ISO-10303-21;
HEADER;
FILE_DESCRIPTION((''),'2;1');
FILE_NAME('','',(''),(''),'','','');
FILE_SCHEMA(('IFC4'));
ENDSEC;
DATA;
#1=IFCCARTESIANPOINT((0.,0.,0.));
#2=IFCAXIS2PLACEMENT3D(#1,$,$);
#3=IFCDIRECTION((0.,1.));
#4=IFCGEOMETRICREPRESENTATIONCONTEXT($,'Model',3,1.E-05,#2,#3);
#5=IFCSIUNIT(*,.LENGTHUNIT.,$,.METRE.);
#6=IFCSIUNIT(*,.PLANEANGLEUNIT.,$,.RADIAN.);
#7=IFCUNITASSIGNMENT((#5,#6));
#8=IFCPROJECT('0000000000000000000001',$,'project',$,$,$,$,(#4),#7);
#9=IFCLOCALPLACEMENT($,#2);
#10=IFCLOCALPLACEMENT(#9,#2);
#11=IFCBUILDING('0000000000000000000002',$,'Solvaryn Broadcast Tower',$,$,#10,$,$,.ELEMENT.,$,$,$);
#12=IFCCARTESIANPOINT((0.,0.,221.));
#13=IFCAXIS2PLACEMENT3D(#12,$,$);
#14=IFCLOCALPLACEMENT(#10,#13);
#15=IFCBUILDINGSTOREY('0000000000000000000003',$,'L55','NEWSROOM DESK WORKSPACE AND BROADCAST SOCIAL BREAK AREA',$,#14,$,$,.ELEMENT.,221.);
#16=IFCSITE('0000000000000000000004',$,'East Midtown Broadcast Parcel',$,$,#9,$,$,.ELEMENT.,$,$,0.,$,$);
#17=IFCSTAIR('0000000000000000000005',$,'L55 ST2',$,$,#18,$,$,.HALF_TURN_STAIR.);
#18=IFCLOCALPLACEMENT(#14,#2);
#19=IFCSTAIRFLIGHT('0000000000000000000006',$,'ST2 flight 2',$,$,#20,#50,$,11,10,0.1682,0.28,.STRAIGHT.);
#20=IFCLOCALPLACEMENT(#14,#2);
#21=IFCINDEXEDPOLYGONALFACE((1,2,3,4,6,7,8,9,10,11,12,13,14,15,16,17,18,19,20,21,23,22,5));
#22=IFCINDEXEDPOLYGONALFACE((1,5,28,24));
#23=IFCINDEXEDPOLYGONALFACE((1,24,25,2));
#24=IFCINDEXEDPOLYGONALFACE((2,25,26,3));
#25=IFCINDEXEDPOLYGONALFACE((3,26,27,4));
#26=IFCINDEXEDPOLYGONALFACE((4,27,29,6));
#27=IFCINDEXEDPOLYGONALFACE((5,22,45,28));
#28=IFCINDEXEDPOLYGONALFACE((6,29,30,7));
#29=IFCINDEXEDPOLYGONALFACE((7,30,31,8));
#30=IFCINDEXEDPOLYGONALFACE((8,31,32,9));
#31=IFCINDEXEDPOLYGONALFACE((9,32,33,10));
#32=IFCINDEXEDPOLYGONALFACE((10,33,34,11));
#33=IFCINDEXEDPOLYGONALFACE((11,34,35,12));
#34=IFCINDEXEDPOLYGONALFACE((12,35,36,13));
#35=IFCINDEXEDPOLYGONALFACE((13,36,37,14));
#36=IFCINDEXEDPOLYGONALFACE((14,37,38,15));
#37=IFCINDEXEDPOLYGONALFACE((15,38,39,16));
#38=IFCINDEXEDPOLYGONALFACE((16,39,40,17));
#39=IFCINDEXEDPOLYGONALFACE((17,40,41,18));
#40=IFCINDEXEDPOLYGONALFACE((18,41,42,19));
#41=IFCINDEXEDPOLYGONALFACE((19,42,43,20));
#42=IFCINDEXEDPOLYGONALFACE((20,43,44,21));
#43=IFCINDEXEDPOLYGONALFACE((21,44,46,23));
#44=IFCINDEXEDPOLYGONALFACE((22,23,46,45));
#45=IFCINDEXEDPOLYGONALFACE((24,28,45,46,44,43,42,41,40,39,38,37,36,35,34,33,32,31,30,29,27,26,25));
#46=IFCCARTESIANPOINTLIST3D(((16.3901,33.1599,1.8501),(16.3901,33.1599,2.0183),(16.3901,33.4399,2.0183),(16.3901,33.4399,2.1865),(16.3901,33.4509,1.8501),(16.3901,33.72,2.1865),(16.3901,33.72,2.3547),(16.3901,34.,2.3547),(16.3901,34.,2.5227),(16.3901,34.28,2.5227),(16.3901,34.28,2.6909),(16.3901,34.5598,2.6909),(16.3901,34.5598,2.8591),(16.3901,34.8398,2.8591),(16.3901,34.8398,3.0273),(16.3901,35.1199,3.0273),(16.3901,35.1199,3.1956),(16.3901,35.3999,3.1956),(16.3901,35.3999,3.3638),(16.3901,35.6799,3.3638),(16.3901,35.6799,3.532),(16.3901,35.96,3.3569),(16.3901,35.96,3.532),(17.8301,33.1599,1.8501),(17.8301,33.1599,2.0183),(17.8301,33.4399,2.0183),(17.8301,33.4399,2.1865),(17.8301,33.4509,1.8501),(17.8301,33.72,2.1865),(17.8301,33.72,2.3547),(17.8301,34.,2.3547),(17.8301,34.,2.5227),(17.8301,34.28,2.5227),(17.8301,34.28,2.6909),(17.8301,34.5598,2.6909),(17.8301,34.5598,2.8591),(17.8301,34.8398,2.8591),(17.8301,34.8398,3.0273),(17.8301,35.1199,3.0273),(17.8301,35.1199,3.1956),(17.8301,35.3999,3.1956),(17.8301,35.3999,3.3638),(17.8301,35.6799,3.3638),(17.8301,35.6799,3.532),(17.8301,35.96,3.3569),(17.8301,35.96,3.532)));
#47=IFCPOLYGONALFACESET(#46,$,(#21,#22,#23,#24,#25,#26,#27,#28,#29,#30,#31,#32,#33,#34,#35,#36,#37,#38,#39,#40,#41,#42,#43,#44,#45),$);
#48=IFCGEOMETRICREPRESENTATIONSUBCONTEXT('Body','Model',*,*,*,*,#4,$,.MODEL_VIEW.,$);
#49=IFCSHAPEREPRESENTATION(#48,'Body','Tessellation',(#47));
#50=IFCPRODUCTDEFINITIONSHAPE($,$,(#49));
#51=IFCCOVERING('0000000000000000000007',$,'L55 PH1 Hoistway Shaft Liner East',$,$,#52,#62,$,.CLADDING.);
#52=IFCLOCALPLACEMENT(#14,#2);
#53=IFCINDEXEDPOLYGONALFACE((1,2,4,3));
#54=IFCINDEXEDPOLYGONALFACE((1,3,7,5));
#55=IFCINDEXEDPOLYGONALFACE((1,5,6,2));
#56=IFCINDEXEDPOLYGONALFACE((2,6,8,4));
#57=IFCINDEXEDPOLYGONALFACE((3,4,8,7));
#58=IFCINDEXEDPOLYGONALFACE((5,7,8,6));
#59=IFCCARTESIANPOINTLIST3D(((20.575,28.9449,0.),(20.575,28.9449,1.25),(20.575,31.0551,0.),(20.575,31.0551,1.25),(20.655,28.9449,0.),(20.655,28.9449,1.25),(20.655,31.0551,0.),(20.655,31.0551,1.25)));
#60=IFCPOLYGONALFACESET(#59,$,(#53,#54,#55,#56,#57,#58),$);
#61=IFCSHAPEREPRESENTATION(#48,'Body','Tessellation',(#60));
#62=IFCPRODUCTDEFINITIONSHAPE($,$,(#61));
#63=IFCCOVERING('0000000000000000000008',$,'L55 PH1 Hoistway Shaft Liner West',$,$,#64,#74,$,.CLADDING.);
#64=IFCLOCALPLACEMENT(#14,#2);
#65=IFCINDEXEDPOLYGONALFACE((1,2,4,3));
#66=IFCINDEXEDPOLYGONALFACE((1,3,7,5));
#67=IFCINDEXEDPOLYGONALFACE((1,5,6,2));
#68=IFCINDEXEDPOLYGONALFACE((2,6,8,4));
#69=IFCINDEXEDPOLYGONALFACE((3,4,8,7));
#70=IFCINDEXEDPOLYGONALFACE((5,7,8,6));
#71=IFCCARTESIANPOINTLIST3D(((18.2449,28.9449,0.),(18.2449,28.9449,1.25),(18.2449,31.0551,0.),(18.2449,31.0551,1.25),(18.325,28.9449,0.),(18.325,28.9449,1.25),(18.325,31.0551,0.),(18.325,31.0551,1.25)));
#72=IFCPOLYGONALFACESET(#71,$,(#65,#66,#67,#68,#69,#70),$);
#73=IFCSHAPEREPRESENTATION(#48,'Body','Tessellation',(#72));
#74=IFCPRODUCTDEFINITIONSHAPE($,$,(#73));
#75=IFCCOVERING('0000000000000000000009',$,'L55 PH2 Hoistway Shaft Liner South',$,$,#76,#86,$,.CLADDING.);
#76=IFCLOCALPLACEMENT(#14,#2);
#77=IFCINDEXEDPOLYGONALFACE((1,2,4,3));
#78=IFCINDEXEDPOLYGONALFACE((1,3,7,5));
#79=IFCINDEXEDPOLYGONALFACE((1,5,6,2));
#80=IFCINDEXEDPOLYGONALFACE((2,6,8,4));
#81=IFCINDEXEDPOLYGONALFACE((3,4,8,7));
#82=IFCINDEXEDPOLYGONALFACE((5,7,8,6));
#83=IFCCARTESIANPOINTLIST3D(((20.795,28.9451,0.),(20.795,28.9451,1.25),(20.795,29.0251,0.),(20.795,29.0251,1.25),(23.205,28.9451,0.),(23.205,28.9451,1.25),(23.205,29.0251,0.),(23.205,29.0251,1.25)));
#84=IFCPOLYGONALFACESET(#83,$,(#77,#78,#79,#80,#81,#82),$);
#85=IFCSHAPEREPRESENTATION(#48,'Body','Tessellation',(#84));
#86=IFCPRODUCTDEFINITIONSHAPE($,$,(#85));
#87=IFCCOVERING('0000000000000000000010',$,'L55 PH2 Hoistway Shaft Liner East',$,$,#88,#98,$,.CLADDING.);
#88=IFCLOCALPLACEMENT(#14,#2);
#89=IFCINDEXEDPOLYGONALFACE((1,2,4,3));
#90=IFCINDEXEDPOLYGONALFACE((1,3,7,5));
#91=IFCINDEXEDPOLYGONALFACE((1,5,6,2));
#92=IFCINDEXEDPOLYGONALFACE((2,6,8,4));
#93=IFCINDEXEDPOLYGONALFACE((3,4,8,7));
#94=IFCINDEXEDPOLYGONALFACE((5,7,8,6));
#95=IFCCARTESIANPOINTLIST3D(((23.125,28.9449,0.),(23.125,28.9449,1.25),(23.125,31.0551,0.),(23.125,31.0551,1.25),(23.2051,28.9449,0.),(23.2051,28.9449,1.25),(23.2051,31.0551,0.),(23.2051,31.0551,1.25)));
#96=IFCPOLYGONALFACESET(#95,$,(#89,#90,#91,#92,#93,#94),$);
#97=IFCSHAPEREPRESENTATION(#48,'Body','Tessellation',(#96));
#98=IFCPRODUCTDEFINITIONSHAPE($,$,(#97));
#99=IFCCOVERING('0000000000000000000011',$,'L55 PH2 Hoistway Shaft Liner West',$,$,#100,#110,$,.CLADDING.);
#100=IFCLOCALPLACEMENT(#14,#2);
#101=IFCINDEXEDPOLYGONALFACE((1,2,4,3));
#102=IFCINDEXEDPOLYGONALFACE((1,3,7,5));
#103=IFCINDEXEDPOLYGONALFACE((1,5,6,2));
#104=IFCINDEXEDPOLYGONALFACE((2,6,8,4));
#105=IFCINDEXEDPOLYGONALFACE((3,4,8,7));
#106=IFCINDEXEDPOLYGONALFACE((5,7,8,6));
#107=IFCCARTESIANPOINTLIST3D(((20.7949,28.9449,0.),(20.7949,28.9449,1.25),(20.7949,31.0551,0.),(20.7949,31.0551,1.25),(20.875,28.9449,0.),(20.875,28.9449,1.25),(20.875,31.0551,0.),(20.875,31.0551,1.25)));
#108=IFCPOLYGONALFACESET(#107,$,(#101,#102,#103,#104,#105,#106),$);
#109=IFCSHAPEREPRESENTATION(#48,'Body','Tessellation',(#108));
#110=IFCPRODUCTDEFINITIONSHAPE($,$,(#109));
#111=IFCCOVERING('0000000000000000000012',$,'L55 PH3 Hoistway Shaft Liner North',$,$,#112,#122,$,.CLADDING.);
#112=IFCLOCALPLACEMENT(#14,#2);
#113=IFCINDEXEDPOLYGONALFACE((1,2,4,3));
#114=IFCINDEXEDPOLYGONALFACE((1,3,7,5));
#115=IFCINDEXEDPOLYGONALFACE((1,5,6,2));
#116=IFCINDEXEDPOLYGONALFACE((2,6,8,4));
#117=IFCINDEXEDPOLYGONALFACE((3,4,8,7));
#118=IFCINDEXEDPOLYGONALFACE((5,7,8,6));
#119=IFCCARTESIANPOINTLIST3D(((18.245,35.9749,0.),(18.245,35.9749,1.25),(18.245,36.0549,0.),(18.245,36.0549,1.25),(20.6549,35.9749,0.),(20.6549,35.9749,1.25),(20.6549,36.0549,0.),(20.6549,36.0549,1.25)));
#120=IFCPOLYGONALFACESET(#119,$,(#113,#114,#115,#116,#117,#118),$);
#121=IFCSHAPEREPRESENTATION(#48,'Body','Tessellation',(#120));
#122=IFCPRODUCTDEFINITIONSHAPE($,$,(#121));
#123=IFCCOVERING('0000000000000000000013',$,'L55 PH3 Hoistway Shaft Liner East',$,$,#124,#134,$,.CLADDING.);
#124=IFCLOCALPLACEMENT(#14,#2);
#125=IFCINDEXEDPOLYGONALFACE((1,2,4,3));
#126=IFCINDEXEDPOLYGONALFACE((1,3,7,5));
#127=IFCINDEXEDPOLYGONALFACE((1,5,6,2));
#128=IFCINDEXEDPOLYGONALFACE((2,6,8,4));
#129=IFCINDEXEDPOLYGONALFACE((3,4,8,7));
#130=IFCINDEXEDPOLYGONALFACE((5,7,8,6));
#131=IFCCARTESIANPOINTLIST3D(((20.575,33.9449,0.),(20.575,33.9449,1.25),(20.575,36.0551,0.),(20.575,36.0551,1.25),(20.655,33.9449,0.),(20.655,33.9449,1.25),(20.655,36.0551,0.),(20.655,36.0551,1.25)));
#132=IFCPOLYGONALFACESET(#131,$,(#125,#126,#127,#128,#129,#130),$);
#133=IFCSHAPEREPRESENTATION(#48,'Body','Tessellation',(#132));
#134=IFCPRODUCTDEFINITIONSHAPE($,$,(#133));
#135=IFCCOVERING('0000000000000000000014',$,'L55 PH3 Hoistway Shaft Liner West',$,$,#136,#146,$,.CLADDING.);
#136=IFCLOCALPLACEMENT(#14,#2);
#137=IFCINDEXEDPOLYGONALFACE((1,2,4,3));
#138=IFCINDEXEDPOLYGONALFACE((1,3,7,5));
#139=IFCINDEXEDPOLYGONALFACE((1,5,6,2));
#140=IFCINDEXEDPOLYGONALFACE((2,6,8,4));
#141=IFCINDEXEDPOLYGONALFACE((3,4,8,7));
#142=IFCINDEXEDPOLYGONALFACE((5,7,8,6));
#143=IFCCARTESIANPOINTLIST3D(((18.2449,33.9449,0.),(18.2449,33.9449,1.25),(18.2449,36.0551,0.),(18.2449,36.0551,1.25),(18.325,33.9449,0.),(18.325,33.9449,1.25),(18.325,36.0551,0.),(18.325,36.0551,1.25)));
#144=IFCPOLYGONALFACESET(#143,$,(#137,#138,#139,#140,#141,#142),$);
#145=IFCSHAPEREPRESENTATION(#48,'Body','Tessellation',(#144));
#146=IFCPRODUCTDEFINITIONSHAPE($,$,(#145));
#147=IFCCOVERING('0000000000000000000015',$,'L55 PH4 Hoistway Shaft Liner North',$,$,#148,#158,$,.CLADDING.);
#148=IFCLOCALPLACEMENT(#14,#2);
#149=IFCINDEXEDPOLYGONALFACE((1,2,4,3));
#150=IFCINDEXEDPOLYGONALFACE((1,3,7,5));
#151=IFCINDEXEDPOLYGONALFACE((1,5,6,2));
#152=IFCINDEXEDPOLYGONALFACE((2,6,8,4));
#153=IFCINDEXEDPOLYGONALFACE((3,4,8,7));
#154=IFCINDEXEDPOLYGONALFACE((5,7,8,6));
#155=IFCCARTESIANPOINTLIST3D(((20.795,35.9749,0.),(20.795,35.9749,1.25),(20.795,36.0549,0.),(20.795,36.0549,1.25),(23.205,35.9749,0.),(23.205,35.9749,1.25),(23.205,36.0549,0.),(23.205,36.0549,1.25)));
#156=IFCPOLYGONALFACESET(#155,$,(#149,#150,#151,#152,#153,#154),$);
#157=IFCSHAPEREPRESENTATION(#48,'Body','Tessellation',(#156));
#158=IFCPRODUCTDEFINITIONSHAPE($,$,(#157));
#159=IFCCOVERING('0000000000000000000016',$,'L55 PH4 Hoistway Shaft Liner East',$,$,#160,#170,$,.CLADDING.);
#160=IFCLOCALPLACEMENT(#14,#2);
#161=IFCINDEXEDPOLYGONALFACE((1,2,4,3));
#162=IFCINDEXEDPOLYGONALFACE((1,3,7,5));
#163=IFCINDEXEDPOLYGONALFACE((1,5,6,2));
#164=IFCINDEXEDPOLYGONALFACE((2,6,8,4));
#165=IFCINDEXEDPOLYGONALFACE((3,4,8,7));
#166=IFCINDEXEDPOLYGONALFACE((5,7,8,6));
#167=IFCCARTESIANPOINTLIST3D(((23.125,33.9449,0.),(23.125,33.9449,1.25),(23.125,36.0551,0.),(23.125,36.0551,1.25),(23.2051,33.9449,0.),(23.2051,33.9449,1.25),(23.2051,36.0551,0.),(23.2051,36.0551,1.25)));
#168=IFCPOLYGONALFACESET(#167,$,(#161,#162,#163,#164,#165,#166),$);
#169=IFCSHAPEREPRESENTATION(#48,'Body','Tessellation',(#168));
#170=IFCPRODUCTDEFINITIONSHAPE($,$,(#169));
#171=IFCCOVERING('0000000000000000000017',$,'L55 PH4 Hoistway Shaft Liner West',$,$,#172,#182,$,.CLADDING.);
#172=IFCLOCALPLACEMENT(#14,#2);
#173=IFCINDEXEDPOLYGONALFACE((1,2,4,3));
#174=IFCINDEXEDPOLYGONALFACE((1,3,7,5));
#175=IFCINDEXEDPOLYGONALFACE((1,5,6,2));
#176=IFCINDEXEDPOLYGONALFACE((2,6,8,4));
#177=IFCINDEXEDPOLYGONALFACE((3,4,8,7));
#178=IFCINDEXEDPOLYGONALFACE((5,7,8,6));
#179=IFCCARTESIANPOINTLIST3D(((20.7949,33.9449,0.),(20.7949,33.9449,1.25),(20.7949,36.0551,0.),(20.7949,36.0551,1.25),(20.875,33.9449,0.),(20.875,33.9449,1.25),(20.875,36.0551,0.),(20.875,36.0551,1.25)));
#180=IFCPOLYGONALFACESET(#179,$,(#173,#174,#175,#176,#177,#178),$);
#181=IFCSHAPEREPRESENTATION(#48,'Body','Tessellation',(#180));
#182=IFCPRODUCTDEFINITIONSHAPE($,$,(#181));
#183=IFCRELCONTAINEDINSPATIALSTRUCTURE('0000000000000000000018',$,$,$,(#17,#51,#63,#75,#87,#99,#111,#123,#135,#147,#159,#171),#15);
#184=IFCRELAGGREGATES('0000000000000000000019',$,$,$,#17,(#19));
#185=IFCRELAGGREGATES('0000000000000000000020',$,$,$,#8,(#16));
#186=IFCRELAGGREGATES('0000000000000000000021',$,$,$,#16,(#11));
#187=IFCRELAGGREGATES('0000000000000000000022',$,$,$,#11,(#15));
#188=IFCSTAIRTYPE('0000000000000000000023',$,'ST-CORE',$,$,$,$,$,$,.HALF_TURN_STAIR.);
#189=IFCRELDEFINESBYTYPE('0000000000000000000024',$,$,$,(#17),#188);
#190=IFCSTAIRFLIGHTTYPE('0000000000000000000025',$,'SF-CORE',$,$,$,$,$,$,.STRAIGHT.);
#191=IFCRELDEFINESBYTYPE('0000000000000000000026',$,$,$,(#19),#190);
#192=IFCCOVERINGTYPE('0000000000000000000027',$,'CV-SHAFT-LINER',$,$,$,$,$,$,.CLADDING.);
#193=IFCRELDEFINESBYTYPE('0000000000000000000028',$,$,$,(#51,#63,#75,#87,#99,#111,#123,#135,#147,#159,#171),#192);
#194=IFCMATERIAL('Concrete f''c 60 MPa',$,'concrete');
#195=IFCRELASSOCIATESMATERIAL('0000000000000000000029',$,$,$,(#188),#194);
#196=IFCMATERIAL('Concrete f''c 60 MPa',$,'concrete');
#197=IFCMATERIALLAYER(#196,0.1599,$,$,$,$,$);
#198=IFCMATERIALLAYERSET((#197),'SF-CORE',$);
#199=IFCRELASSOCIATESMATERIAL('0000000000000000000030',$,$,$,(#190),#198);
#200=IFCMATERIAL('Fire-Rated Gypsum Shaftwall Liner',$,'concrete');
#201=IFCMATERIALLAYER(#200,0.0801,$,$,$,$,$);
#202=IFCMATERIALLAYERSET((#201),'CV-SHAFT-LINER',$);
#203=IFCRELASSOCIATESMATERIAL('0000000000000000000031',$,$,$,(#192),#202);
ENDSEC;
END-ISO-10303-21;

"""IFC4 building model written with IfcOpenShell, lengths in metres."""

from ifc_helpers import new_model, si_unit, direction, frame, origin, origin_2d, place, context, subcontext, project, spatial, polyline, rectangle, outline, extrude, material, layer, layer_set, type_object, element, aggregate, save


model = new_model("IFC4")

# Units and contexts
model_context = context("Model", 3, precision=1e-05, world=origin(), true_north=direction((0.0, 1.0)))
body_context = subcontext(model_context, "Body", "Model", "MODEL_VIEW")
ifc_project = project(units=[si_unit("LENGTHUNIT", "METRE"), si_unit("PLANEANGLEUNIT", "RADIAN")], contexts=[model_context])

# Site, building, storey
site_placement = place(None, origin())
site = spatial("IfcSite", under=ifc_project, at=site_placement, Name="East Midtown Broadcast Parcel", CompositionType="ELEMENT", RefElevation=0.0)
building_placement = place(site_placement, origin())
building = spatial("IfcBuilding", under=site, at=building_placement, Name="Solvaryn Broadcast Tower", CompositionType="ELEMENT")
storey_placement = place(building_placement, frame((0.0, 0.0, 221.0)))
storey = spatial("IfcBuildingStorey", under=building, at=storey_placement, Name="L55", Description="NEWSROOM DESK WORKSPACE AND BROADCAST SOCIAL BREAK AREA", CompositionType="ELEMENT", Elevation=221.0)

# Stair, stair flight
ifc_material_1 = material(Name="Concrete f'c 60 MPa", Category="concrete")
stair_type = type_object("IfcStairType", Name="ST-CORE", PredefinedType="HALF_TURN_STAIR", material=ifc_material_1)
stair_placement = place(storey_placement, origin())
stair = element("IfcStair", 1, at=stair_placement, inside=storey, type_object=stair_type, Name="L55 ST2", PredefinedType="HALF_TURN_STAIR")
ifc_material_2 = material(Name="Concrete f'c 60 MPa", Category="concrete")
ifc_layer_1 = layer(ifc_material_2, 0.1599)
ifc_layer_set_1 = layer_set([ifc_layer_1], Name="SF-CORE")
stair_flight_type = type_object("IfcStairFlightType", Name="SF-CORE", PredefinedType="STRAIGHT", material=ifc_layer_set_1)
stair_flight_placement = place(storey_placement, frame((17.1101, 33.1599, 1.8501), z_axis=(0.0, 0.0, 1.0), x_axis=(0.0, 1.0, 0.0)))
stair_flight = element("IfcStairFlight", 2, at=stair_flight_placement, type_object=stair_flight_type, Name="ST2 flight 2", NumberOfRisers=11, NumberOfTreads=10, PredefinedType="STRAIGHT", RiserHeight=0.1682, TreadLength=0.28, context=body_context, shape_type="SweptSolid", body=[
    extrude(outline(polyline([(0.0, 0.0), (0.0, 0.1682), (0.28, 0.1682), (0.28, 0.3364), (0.5601, 0.3364), (0.5601, 0.5046), (0.8401, 0.5046), (0.8401, 0.6726), (1.1201, 0.6726), (1.1201, 0.8408), (1.3999, 0.8408), (1.3999, 1.009), (1.6799, 1.009), (1.6799, 1.1772), (1.96, 1.1772), (1.96, 1.3455), (2.24, 1.3455), (2.24, 1.5137), (2.52, 1.5137), (2.52, 1.6819), (2.8, 1.6819), (2.8, 1.8501), (2.8, 1.5068), (0.291, 0.0), (0.0, 0.0)])), frame((0.0, 0.72, 0.0), z_axis=(0.0, -1.0, 0.0), x_axis=(1.0, 0.0, 0.0)), (0.0, 0.0, 1.0), 1.4399),
])
aggregate(stair, [stair_flight])

# Coverings
ifc_material_3 = material(Name="Fire-Rated Gypsum Shaftwall Liner", Category="concrete")
ifc_layer_2 = layer(ifc_material_3, 0.0801)
ifc_layer_set_2 = layer_set([ifc_layer_2], Name="CV-SHAFT-LINER")
covering_type = type_object("IfcCoveringType", Name="CV-SHAFT-LINER", PredefinedType="CLADDING", material=ifc_layer_set_2)
for number, where, z_axis, x_axis, name in (
    (3, (20.615, 30.0, 0.0), (0.0, 0.0, 1.0), (1.0, 0.0, 0.0), "L55 PH1 Hoistway Shaft Liner East"),
    (4, (18.2849, 30.0, 0.0), (0.0, 0.0, 1.0), (1.0, 0.0, 0.0), "L55 PH1 Hoistway Shaft Liner West"),
):
    element("IfcCovering", number, at=place(storey_placement, frame(where, z_axis=z_axis, x_axis=x_axis)), inside=storey, type_object=covering_type, Name=name, PredefinedType="CLADDING", context=body_context, shape_type="SweptSolid", body=[
        extrude(rectangle(XDim=0.0801, YDim=2.1101, at=origin_2d()), origin(), (0.0, 0.0, 1.0), 1.25),
    ])
covering_1_placement = place(storey_placement, frame((22.0, 28.9851, 0.0), z_axis=(0.0, 0.0, 1.0), x_axis=(1.0, 0.0, 0.0)))
element("IfcCovering", 5, at=covering_1_placement, inside=storey, type_object=covering_type, Name="L55 PH2 Hoistway Shaft Liner South", PredefinedType="CLADDING", context=body_context, shape_type="SweptSolid", body=[
    extrude(rectangle(XDim=2.4099, YDim=0.0801, at=origin_2d()), origin(), (0.0, 0.0, 1.0), 1.25),
])
for number, where, z_axis, x_axis, name in (
    (6, (23.165, 30.0, 0.0), (0.0, 0.0, 1.0), (1.0, 0.0, 0.0), "L55 PH2 Hoistway Shaft Liner East"),
    (7, (20.835, 30.0, 0.0), (0.0, 0.0, 1.0), (1.0, 0.0, 0.0), "L55 PH2 Hoistway Shaft Liner West"),
):
    element("IfcCovering", number, at=place(storey_placement, frame(where, z_axis=z_axis, x_axis=x_axis)), inside=storey, type_object=covering_type, Name=name, PredefinedType="CLADDING", context=body_context, shape_type="SweptSolid", body=[
        extrude(rectangle(XDim=0.0801, YDim=2.1101, at=origin_2d()), origin(), (0.0, 0.0, 1.0), 1.25),
    ])
covering_2_placement = place(storey_placement, frame((19.45, 36.0149, 0.0), z_axis=(0.0, 0.0, 1.0), x_axis=(1.0, 0.0, 0.0)))
element("IfcCovering", 8, at=covering_2_placement, inside=storey, type_object=covering_type, Name="L55 PH3 Hoistway Shaft Liner North", PredefinedType="CLADDING", context=body_context, shape_type="SweptSolid", body=[
    extrude(rectangle(XDim=2.4099, YDim=0.0801, at=origin_2d()), origin(), (0.0, 0.0, 1.0), 1.25),
])
for number, where, z_axis, x_axis, name in (
    (9, (20.615, 35.0, 0.0), (0.0, 0.0, 1.0), (1.0, 0.0, 0.0), "L55 PH3 Hoistway Shaft Liner East"),
    (10, (18.2849, 35.0, 0.0), (0.0, 0.0, 1.0), (1.0, 0.0, 0.0), "L55 PH3 Hoistway Shaft Liner West"),
):
    element("IfcCovering", number, at=place(storey_placement, frame(where, z_axis=z_axis, x_axis=x_axis)), inside=storey, type_object=covering_type, Name=name, PredefinedType="CLADDING", context=body_context, shape_type="SweptSolid", body=[
        extrude(rectangle(XDim=0.0801, YDim=2.1101, at=origin_2d()), origin(), (0.0, 0.0, 1.0), 1.25),
    ])
covering_3_placement = place(storey_placement, frame((22.0, 36.0149, 0.0), z_axis=(0.0, 0.0, 1.0), x_axis=(1.0, 0.0, 0.0)))
element("IfcCovering", 11, at=covering_3_placement, inside=storey, type_object=covering_type, Name="L55 PH4 Hoistway Shaft Liner North", PredefinedType="CLADDING", context=body_context, shape_type="SweptSolid", body=[
    extrude(rectangle(XDim=2.4099, YDim=0.0801, at=origin_2d()), origin(), (0.0, 0.0, 1.0), 1.25),
])
for number, where, z_axis, x_axis, name in (
    (12, (23.165, 35.0, 0.0), (0.0, 0.0, 1.0), (1.0, 0.0, 0.0), "L55 PH4 Hoistway Shaft Liner East"),
    (13, (20.835, 35.0, 0.0), (0.0, 0.0, 1.0), (1.0, 0.0, 0.0), "L55 PH4 Hoistway Shaft Liner West"),
):
    element("IfcCovering", number, at=place(storey_placement, frame(where, z_axis=z_axis, x_axis=x_axis)), inside=storey, type_object=covering_type, Name=name, PredefinedType="CLADDING", context=body_context, shape_type="SweptSolid", body=[
        extrude(rectangle(XDim=0.0801, YDim=2.1101, at=origin_2d()), origin(), (0.0, 0.0, 1.0), 1.25),
    ])

save(model, "model.ifc")
